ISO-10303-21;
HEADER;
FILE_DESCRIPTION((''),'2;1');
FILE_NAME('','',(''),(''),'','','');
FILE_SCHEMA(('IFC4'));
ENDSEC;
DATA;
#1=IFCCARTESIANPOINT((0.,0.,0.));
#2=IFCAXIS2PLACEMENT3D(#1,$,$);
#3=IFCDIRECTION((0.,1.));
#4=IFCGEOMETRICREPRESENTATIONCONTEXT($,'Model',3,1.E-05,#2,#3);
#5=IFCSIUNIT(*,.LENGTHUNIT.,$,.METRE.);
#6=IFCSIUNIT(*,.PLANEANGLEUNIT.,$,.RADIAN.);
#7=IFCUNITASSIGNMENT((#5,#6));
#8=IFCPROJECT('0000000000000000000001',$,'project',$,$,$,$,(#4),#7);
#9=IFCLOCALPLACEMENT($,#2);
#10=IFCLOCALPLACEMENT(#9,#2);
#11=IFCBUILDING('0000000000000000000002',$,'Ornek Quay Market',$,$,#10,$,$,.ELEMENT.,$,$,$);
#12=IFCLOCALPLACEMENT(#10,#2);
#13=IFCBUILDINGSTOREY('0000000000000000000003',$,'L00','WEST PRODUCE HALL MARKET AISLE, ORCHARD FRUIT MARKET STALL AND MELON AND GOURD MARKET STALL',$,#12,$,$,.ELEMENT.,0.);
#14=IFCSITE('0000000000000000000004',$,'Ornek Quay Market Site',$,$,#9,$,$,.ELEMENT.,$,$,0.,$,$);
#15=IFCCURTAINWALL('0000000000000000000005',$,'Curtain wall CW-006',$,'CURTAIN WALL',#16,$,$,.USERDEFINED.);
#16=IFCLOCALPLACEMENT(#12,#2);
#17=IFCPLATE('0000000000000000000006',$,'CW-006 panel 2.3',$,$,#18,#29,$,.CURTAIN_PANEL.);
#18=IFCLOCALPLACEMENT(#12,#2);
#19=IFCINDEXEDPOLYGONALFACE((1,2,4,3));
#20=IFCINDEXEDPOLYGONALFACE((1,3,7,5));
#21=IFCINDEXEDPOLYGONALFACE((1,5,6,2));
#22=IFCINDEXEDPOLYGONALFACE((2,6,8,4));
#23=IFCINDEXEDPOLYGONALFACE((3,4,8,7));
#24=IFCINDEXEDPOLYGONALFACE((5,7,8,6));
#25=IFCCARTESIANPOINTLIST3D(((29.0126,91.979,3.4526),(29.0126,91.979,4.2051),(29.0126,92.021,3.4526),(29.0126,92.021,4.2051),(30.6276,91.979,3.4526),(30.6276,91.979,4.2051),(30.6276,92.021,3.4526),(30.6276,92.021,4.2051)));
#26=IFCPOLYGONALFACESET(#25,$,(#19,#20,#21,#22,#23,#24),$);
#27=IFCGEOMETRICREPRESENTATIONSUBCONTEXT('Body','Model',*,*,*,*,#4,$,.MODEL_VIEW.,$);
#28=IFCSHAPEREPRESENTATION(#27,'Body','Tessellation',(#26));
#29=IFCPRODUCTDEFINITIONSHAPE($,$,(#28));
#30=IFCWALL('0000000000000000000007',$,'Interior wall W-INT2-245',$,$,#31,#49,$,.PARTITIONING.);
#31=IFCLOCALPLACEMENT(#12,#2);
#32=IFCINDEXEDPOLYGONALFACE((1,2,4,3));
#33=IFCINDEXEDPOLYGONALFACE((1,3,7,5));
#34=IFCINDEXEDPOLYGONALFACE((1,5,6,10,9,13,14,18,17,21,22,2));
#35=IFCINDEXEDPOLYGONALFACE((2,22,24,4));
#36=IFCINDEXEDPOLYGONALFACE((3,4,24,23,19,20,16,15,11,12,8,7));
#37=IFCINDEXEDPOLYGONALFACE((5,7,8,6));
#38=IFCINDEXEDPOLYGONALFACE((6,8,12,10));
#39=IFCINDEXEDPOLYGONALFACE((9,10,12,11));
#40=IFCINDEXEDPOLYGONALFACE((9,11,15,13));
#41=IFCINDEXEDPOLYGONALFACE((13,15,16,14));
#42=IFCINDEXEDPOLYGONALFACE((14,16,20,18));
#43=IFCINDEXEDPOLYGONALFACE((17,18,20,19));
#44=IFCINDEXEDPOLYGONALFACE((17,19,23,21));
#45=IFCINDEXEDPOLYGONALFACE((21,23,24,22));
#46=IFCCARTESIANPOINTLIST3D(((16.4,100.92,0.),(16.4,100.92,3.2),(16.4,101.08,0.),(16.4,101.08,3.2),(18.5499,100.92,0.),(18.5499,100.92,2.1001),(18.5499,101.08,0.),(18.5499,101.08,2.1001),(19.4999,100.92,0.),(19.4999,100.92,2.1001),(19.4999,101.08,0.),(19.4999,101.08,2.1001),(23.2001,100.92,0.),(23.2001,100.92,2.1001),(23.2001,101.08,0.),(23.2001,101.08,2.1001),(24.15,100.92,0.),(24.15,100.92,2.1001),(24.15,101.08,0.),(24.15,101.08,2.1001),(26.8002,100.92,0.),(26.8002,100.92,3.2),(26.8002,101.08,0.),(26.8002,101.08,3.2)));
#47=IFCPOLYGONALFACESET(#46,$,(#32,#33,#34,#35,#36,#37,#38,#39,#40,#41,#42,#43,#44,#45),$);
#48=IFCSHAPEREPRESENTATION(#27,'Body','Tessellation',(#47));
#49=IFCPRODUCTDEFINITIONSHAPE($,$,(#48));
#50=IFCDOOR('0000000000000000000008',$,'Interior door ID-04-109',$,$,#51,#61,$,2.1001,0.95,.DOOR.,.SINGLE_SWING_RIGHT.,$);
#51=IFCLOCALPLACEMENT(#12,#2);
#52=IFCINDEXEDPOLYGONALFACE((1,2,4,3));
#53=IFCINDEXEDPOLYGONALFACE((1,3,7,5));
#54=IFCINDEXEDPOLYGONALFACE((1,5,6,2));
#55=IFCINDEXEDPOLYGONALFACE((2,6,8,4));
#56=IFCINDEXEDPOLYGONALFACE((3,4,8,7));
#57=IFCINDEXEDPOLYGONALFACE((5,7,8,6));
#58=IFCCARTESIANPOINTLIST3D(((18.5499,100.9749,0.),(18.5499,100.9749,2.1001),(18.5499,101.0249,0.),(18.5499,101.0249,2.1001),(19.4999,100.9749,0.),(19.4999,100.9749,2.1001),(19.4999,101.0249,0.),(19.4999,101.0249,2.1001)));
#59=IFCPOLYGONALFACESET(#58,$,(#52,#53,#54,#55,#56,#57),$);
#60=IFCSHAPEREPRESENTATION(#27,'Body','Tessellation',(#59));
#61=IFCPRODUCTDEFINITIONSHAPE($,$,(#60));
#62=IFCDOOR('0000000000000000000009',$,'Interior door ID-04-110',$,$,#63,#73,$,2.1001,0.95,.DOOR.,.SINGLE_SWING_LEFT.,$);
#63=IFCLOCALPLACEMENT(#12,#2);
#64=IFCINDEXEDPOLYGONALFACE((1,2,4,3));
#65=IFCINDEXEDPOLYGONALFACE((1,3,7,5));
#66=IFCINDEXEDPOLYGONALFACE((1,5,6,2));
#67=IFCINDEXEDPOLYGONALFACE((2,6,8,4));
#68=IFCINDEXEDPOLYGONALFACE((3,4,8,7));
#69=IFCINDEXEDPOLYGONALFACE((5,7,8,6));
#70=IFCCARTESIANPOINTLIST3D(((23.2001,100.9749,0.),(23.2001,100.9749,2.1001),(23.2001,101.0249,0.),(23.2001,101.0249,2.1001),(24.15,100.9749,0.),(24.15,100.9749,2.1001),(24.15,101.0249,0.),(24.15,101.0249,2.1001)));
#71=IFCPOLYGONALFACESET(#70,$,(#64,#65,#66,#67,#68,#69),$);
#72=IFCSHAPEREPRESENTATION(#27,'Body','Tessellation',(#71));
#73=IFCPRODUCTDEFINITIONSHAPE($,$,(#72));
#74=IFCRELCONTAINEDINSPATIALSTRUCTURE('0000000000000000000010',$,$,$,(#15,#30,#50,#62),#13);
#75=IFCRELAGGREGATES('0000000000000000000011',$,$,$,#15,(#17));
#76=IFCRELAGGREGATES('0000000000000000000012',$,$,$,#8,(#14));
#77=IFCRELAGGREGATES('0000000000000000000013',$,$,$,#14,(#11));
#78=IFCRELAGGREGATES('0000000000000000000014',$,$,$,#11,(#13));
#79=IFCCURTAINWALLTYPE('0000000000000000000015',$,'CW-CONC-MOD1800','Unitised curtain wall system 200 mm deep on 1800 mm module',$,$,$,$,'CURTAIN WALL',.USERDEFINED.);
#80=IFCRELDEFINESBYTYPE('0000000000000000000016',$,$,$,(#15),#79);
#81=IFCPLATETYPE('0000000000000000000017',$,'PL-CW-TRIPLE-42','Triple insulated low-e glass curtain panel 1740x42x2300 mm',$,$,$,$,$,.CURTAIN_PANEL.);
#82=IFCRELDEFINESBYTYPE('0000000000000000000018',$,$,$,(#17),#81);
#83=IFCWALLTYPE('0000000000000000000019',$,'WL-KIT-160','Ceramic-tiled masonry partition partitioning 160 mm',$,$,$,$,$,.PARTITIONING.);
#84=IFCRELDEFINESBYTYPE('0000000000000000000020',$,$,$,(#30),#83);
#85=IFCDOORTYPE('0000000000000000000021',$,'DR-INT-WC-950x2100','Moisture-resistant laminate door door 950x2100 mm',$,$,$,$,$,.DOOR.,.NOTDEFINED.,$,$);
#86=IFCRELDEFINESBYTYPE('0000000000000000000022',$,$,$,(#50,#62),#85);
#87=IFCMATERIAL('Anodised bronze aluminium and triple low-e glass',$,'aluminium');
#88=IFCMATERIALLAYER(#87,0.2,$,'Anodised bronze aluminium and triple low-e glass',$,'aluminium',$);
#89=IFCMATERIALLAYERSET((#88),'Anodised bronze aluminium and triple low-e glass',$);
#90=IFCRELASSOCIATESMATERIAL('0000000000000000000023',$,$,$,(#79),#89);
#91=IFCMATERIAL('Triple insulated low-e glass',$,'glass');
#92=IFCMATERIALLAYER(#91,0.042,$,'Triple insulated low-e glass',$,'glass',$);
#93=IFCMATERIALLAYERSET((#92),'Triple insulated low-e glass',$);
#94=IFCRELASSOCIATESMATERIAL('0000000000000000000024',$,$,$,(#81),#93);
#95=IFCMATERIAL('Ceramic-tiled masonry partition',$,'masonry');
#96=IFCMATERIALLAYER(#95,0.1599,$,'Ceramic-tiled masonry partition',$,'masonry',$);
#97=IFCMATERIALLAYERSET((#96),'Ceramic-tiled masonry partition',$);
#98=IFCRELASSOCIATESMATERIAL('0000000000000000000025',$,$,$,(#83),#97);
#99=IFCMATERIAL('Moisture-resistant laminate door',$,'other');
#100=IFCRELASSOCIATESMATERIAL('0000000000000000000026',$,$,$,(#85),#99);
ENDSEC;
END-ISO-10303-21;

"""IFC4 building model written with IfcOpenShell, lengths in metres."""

from ifc_helpers import new_model, si_unit, direction, frame, frame_2d, origin, origin_2d, place, context, subcontext, project, spatial, rectangle, extrude, material, layer, layer_set, type_object, element, fill, aggregate, save


model = new_model("IFC4")

# Units and contexts
model_context = context("Model", 3, precision=1e-05, world=origin(), true_north=direction((0.0, 1.0)))
body_context = subcontext(model_context, "Body", "Model", "MODEL_VIEW")
ifc_project = project(units=[si_unit("LENGTHUNIT", "METRE"), si_unit("PLANEANGLEUNIT", "RADIAN")], contexts=[model_context])

# Site, building, storey
site_placement = place(None, origin())
site = spatial("IfcSite", under=ifc_project, at=site_placement, Name="Ornek Quay Market Site", CompositionType="ELEMENT", RefElevation=0.0)
building_placement = place(site_placement, origin())
building = spatial("IfcBuilding", under=site, at=building_placement, Name="Ornek Quay Market", CompositionType="ELEMENT")
storey_placement = place(building_placement, origin())
storey = spatial("IfcBuildingStorey", under=building, at=storey_placement, Name="L00", Description="WEST PRODUCE HALL MARKET AISLE, ORCHARD FRUIT MARKET STALL AND MELON AND GOURD MARKET STALL", CompositionType="ELEMENT", Elevation=0.0)

# Curtain wall, plate
ifc_material_1 = material(Name="Anodised bronze aluminium and triple low-e glass", Category="aluminium")
ifc_layer_1 = layer(ifc_material_1, 0.2, Name="Anodised bronze aluminium and triple low-e glass", Category="aluminium")
ifc_layer_set_1 = layer_set([ifc_layer_1], Name="Anodised bronze aluminium and triple low-e glass")
curtain_wall_type = type_object("IfcCurtainWallType", Name="CW-CONC-MOD1800", Description="Unitised curtain wall system 200 mm deep on 1800 mm module", ElementType="CURTAIN WALL", PredefinedType="USERDEFINED", material=ifc_layer_set_1)
curtain_wall_placement = place(storey_placement, origin())
curtain_wall = element("IfcCurtainWall", 1, at=curtain_wall_placement, inside=storey, type_object=curtain_wall_type, Name="Curtain wall CW-006", ObjectType="CURTAIN WALL", PredefinedType="USERDEFINED")
ifc_material_2 = material(Name="Triple insulated low-e glass", Category="glass")
ifc_layer_2 = layer(ifc_material_2, 0.042, Name="Triple insulated low-e glass", Category="glass")
ifc_layer_set_2 = layer_set([ifc_layer_2], Name="Triple insulated low-e glass")
plate_type = type_object("IfcPlateType", Name="PL-CW-TRIPLE-42", Description="Triple insulated low-e glass curtain panel 1740x42x2300 mm", PredefinedType="CURTAIN_PANEL", material=ifc_layer_set_2)
plate_1_placement = place(storey_placement, frame((29.8201, 92.0, 3.4526), z_axis=(0.0, 0.0, 1.0), x_axis=(1.0, 0.0, 0.0)))
plate_1 = element("IfcPlate", 2, at=plate_1_placement, type_object=plate_type, Name="CW-006 panel 2.3", PredefinedType="CURTAIN_PANEL", context=body_context, shape_type="SweptSolid", body=[
    extrude(rectangle(XDim=1.615, YDim=0.042, at=origin_2d()), origin(), (0.0, 0.0, 1.0), 0.7524),
])
aggregate(curtain_wall, [plate_1])

# Wall, openings, doors
ifc_material_3 = material(Name="Ceramic-tiled masonry partition", Category="masonry")
ifc_layer_3 = layer(ifc_material_3, 0.1599, Name="Ceramic-tiled masonry partition", Category="masonry")
ifc_layer_set_3 = layer_set([ifc_layer_3], Name="Ceramic-tiled masonry partition")
wall_type = type_object("IfcWallType", Name="WL-KIT-160", Description="Ceramic-tiled masonry partition partitioning 160 mm", PredefinedType="PARTITIONING", material=ifc_layer_set_3)
wall_placement = place(storey_placement, frame((16.3999, 101.0, 0.0), z_axis=(0.0, 0.0, 1.0), x_axis=(1.0, 0.0, 0.0)))
wall = element("IfcWall", 3, at=wall_placement, inside=storey, type_object=wall_type, Name="Interior wall W-INT2-245", PredefinedType="PARTITIONING", context=body_context, shape_type="SweptSolid", body=[
    extrude(rectangle(XDim=10.4001, YDim=0.1599, at=frame_2d((5.2002, 0.0))), origin(), (0.0, 0.0, 1.0), 3.2),
])
opening_1_placement = place(wall_placement, frame((2.1499, 0.0, 0.0)))
opening_1 = element("IfcOpeningElement", 4, at=opening_1_placement, cuts=wall, PredefinedType="OPENING", context=body_context, shape_type="SweptSolid", body=[
    extrude(rectangle(XDim=0.95, YDim=2.1001, at=frame_2d((0.4751, 1.05))), frame((0.0, 0.0898, 0.0), z_axis=(0.0, -1.0, 0.0), x_axis=(1.0, 0.0, 0.0)), (0.0, 0.0, 1.0), 0.1799),
])
opening_2_placement = place(wall_placement, frame((6.8, 0.0, 0.0)))
opening_2 = element("IfcOpeningElement", 5, at=opening_2_placement, cuts=wall, PredefinedType="OPENING", context=body_context, shape_type="SweptSolid", body=[
    extrude(rectangle(XDim=0.95, YDim=2.1001, at=frame_2d((0.4751, 1.05))), frame((0.0, 0.0898, 0.0), z_axis=(0.0, -1.0, 0.0), x_axis=(1.0, 0.0, 0.0)), (0.0, 0.0, 1.0), 0.1799),
])
ifc_material_4 = material(Name="Moisture-resistant laminate door", Category="other")
door_type = type_object("IfcDoorType", Name="DR-INT-WC-950x2100", Description="Moisture-resistant laminate door door 950x2100 mm", OperationType="NOTDEFINED", PredefinedType="DOOR", material=ifc_material_4)
door_1_placement = place(opening_1_placement, origin())
door_1 = element("IfcDoor", 6, at=door_1_placement, inside=storey, type_object=door_type, Name="Interior door ID-04-109", OperationType="SINGLE_SWING_RIGHT", OverallHeight=2.1001, OverallWidth=0.95, PredefinedType="DOOR", context=body_context, shape_type="SweptSolid", body=[
    extrude(rectangle(XDim=0.95, YDim=2.1001, at=frame_2d((0.4751, 1.05))), frame((0.0, 0.0249, 0.0), z_axis=(0.0, -1.0, 0.0), x_axis=(1.0, 0.0, 0.0)), (0.0, 0.0, 1.0), 0.05),
])
fill(opening_1, door_1)
door_2_placement = place(opening_2_placement, origin())
door_2 = element("IfcDoor", 7, at=door_2_placement, inside=storey, type_object=door_type, Name="Interior door ID-04-110", OperationType="SINGLE_SWING_LEFT", OverallHeight=2.1001, OverallWidth=0.95, PredefinedType="DOOR", context=body_context, shape_type="SweptSolid", body=[
    extrude(rectangle(XDim=0.95, YDim=2.1001, at=frame_2d((0.4751, 1.05))), frame((0.0, 0.0249, 0.0), z_axis=(0.0, -1.0, 0.0), x_axis=(1.0, 0.0, 0.0)), (0.0, 0.0, 1.0), 0.05),
])
fill(opening_2, door_2)

save(model, "model.ifc")
